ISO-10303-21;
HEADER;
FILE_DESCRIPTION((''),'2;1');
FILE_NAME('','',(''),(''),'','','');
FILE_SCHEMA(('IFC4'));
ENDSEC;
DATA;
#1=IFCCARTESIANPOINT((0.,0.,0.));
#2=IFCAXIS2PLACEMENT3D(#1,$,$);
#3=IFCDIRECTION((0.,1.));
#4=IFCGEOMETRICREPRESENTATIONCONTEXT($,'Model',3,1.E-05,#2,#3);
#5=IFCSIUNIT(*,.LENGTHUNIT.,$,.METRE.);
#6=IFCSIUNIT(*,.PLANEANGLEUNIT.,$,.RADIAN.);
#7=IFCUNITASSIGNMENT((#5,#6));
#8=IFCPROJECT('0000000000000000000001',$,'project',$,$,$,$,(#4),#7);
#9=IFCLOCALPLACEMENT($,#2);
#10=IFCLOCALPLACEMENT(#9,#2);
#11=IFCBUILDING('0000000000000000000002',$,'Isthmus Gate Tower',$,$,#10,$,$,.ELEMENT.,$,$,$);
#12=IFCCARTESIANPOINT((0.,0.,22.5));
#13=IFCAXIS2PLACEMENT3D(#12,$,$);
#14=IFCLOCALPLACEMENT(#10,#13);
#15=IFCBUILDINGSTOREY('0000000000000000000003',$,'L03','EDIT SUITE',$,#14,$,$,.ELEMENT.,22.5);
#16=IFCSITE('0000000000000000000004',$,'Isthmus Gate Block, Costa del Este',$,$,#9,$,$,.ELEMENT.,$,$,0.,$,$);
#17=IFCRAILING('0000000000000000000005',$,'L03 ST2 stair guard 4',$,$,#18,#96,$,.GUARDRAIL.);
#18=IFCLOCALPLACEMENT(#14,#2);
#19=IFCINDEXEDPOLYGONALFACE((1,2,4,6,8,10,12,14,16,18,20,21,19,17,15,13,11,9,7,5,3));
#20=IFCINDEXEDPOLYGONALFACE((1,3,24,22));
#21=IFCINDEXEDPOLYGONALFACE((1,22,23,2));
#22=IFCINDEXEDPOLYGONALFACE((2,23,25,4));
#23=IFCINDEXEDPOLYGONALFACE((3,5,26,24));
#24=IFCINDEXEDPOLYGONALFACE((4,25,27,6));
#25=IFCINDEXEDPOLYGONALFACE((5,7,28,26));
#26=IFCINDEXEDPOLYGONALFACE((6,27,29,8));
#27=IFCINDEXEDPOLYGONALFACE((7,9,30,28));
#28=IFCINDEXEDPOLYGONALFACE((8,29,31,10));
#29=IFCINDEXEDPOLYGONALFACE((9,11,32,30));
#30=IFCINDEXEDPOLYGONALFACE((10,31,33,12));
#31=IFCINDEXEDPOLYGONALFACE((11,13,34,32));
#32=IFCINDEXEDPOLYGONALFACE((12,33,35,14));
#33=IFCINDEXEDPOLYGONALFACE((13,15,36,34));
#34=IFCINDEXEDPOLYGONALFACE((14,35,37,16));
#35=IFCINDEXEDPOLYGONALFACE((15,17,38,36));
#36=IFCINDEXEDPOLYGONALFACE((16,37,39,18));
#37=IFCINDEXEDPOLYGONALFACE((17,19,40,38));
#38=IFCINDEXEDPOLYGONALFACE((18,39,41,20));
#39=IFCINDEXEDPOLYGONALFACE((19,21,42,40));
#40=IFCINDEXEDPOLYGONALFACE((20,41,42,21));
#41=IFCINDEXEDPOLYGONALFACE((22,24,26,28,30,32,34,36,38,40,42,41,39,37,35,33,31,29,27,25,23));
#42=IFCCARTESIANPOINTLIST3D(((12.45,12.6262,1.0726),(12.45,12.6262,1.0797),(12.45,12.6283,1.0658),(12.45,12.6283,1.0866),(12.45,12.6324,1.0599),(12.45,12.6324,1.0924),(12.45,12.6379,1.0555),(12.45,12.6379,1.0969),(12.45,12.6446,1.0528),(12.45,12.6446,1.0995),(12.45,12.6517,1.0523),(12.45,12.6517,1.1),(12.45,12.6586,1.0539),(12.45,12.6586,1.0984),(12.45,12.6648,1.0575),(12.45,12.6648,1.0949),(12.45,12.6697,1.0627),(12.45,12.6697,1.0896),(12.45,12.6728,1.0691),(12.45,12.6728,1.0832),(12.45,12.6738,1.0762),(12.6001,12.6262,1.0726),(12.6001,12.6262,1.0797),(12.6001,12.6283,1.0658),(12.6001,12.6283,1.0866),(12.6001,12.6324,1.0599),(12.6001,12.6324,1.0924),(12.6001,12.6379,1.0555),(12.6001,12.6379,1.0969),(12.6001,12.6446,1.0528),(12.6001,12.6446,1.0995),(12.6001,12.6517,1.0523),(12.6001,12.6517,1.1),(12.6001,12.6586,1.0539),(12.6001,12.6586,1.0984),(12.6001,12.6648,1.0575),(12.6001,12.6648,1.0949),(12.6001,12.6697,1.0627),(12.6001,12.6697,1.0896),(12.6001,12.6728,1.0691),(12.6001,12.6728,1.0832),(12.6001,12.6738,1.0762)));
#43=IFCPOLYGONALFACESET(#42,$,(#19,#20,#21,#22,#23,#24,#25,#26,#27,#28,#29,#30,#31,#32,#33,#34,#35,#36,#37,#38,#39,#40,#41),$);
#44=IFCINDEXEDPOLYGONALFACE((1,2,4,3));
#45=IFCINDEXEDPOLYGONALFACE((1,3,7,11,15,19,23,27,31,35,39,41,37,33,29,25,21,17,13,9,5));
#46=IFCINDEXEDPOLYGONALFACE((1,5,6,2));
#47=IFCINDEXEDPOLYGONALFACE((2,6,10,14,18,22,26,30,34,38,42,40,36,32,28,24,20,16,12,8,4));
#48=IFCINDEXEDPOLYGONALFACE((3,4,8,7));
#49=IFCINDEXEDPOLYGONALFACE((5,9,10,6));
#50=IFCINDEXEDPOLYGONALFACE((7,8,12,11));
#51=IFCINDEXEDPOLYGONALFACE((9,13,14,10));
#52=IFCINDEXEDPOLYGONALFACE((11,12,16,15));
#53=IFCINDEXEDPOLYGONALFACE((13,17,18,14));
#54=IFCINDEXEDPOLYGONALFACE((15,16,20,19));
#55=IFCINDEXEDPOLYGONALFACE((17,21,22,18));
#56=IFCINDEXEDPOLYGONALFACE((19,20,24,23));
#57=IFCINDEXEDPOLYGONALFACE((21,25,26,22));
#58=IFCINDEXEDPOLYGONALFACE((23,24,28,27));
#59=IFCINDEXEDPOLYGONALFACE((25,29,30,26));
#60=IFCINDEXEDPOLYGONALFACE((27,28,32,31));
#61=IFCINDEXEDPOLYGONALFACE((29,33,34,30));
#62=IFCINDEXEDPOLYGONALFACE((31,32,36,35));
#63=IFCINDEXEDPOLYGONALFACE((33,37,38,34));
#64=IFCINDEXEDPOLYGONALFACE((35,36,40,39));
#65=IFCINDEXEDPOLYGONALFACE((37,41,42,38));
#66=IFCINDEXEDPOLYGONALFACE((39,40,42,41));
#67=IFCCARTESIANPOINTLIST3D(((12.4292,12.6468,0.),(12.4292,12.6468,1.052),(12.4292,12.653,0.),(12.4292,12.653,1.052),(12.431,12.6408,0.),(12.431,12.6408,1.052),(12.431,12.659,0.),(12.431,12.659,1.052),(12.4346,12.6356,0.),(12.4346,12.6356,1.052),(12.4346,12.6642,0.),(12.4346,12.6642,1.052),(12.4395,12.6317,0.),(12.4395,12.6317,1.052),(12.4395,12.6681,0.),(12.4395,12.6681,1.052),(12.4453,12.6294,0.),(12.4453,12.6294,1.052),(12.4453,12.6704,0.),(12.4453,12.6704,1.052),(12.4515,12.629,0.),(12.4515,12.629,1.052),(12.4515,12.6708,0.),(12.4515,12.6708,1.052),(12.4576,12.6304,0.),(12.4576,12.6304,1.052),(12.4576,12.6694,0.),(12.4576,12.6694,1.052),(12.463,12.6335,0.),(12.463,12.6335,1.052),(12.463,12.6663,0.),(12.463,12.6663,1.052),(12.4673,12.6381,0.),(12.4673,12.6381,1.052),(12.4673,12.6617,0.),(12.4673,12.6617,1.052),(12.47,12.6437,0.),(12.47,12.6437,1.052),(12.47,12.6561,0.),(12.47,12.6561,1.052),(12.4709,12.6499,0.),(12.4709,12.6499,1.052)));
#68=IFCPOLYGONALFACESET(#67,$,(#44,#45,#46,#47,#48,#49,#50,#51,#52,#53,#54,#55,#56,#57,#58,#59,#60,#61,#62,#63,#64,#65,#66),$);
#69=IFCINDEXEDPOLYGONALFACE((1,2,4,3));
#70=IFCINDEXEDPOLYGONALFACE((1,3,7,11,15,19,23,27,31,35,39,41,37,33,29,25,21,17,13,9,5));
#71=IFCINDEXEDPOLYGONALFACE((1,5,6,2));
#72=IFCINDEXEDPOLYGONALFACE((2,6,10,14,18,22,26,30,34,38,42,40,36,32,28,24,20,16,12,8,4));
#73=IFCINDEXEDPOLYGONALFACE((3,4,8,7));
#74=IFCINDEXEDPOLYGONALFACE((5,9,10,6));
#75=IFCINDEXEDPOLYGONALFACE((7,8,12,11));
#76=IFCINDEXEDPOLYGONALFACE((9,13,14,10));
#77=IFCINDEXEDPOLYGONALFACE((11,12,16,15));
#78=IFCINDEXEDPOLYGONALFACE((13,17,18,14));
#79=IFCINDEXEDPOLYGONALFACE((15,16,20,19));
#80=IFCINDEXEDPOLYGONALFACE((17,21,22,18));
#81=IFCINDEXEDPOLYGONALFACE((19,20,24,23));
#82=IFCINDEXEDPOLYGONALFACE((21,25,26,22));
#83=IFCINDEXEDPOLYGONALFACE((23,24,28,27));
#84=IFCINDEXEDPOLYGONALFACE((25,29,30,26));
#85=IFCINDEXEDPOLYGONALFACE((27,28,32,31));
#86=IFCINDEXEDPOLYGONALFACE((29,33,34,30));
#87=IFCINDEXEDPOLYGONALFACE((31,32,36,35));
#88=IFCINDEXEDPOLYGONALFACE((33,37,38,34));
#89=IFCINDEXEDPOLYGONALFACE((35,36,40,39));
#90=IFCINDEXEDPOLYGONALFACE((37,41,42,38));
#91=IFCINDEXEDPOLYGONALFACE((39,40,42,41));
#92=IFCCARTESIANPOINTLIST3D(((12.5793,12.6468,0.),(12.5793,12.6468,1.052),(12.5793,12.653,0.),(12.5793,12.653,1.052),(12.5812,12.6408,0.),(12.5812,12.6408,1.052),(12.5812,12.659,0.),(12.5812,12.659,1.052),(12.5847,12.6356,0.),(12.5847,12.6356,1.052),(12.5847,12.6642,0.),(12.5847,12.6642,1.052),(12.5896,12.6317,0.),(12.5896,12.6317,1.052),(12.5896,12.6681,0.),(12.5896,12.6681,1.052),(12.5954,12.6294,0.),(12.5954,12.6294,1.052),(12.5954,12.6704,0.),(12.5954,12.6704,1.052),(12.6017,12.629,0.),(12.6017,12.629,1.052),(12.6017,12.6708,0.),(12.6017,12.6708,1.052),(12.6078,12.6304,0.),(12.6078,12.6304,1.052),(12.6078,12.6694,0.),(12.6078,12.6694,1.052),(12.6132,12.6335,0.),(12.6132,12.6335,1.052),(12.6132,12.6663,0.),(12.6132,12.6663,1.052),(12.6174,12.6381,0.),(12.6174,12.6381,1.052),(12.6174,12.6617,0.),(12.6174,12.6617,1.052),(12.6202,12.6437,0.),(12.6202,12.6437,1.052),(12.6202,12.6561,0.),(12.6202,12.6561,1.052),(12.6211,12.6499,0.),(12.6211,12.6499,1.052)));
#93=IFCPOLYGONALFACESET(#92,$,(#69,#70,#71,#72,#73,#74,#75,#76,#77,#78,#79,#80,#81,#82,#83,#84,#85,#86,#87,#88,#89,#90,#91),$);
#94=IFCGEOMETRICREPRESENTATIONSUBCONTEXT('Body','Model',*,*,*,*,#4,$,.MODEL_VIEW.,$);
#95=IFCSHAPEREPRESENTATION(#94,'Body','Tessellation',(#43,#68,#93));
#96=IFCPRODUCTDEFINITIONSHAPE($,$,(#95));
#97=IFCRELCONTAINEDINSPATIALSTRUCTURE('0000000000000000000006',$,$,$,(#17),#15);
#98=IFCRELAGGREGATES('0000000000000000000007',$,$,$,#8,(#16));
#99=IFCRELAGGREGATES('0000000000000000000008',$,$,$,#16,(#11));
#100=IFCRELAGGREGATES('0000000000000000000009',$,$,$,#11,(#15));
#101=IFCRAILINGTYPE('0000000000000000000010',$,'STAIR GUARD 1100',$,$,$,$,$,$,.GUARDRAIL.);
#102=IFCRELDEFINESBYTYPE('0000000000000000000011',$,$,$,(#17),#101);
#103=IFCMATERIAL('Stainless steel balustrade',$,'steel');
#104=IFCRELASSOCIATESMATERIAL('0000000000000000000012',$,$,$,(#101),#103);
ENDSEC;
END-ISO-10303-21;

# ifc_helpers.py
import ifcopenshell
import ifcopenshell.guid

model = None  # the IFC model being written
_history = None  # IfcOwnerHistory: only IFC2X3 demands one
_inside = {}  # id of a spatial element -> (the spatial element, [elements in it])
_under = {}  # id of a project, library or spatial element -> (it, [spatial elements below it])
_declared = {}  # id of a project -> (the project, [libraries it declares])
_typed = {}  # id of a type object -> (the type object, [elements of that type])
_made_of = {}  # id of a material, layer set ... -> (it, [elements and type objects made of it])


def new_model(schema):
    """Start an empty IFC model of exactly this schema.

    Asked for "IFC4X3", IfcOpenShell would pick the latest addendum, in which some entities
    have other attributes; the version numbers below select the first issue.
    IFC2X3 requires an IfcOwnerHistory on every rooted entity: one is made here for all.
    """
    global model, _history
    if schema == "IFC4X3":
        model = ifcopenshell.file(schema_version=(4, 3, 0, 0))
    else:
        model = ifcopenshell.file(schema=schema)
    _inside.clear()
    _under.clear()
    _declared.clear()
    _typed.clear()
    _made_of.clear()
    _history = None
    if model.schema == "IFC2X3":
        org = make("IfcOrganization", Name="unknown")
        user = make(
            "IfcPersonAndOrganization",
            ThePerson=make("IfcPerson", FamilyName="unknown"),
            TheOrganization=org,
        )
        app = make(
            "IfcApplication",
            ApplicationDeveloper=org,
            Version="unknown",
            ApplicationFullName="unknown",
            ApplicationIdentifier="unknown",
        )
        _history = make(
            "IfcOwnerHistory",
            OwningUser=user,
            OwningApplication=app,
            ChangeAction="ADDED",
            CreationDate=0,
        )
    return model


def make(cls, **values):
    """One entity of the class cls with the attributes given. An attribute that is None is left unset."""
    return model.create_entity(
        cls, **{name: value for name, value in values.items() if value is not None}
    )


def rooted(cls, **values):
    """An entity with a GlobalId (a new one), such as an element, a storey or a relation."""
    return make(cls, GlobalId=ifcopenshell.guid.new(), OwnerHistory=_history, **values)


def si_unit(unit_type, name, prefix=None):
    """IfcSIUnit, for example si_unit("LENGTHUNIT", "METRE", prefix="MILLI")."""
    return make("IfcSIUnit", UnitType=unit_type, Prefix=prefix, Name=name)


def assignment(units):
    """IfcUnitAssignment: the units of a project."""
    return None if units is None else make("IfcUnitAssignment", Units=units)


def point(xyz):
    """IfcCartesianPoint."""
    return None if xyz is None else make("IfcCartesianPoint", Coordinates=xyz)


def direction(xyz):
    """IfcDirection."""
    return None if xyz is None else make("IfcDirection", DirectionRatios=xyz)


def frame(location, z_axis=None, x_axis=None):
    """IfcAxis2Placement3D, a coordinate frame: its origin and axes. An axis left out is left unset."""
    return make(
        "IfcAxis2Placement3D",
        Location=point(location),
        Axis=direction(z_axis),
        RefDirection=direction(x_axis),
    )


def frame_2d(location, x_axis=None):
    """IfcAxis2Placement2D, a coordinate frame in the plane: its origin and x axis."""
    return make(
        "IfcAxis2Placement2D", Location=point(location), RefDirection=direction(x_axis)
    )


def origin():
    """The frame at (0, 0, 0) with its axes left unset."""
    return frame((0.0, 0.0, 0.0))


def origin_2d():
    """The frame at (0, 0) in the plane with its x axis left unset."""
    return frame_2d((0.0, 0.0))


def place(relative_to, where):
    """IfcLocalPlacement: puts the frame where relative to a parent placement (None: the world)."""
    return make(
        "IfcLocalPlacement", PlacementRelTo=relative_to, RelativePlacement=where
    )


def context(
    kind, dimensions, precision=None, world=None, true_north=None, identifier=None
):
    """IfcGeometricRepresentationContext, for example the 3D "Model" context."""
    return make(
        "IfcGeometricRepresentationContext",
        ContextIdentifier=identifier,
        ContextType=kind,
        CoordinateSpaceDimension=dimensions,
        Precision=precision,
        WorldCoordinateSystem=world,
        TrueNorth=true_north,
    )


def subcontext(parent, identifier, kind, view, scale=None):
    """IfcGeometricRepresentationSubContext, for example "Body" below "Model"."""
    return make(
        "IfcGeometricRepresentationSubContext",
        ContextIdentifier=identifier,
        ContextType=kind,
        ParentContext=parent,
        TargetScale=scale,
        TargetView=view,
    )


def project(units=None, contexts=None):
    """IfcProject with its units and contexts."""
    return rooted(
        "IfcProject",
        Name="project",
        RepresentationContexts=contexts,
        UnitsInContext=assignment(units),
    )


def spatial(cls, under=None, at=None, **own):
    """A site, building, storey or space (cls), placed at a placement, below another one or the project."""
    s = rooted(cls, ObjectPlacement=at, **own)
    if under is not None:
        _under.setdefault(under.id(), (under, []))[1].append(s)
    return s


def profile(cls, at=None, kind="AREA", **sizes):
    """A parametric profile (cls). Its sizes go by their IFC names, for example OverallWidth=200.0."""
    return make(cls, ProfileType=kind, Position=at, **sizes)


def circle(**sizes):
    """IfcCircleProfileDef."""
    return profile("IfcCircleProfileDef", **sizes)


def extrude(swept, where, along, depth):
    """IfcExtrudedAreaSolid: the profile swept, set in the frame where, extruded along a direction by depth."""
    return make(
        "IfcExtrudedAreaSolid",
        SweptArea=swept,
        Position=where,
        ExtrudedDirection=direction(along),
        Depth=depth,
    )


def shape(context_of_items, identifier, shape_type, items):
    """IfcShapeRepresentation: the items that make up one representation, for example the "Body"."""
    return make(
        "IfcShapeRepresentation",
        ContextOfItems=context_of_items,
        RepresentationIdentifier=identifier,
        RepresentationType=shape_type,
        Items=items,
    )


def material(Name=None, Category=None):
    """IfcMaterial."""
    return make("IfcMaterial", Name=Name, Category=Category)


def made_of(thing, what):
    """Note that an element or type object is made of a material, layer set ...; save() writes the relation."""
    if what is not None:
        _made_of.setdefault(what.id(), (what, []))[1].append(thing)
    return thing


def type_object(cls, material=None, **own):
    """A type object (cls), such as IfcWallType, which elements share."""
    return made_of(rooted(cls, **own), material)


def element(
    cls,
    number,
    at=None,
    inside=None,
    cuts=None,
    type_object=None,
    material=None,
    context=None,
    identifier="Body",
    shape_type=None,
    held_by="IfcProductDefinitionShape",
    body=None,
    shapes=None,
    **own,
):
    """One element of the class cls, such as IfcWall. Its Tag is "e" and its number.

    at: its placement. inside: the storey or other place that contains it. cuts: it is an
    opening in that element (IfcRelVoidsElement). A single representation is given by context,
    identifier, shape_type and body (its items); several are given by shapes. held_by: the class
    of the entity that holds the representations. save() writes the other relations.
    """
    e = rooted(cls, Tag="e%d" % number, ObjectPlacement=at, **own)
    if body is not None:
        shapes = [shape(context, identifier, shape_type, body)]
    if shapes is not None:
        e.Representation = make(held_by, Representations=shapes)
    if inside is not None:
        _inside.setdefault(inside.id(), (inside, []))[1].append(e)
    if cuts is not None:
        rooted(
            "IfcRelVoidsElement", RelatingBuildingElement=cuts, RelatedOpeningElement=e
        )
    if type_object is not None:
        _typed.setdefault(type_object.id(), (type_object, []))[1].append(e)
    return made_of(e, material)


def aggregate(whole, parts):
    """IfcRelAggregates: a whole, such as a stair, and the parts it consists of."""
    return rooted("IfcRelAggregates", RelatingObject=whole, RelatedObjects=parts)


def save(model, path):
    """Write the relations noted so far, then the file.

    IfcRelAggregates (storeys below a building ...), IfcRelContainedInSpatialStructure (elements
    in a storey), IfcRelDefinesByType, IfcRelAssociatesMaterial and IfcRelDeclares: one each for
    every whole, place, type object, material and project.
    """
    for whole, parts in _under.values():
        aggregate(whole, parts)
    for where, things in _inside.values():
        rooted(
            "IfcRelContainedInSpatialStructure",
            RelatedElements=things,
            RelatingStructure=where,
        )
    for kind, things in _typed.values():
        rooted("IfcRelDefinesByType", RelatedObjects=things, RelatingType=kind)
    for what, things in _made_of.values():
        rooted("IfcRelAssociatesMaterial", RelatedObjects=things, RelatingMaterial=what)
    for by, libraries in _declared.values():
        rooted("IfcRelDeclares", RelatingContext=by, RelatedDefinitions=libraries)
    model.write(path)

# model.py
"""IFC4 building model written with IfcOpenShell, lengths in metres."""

from ifc_helpers import new_model, si_unit, direction, frame, origin, origin_2d, place, context, subcontext, project, spatial, circle, extrude, material, type_object, element, save


model = new_model("IFC4")

# Units and contexts
model_context = context("Model", 3, precision=1e-05, world=origin(), true_north=direction((0.0, 1.0)))
body_context = subcontext(model_context, "Body", "Model", "MODEL_VIEW")
ifc_project = project(units=[si_unit("LENGTHUNIT", "METRE"), si_unit("PLANEANGLEUNIT", "RADIAN")], contexts=[model_context])

# Site, building, storey
site_placement = place(None, origin())
site = spatial("IfcSite", under=ifc_project, at=site_placement, Name="Isthmus Gate Block, Costa del Este", CompositionType="ELEMENT", RefElevation=0.0)
building_placement = place(site_placement, origin())
building = spatial("IfcBuilding", under=site, at=building_placement, Name="Isthmus Gate Tower", CompositionType="ELEMENT")
storey_placement = place(building_placement, frame((0.0, 0.0, 22.5)))
storey = spatial("IfcBuildingStorey", under=building, at=storey_placement, Name="L03", Description="EDIT SUITE", CompositionType="ELEMENT", Elevation=22.5)

# Railing
ifc_material_1 = material(Name="Stainless steel balustrade", Category="steel")
railing_type_1 = type_object("IfcRailingType", Name="STAIR GUARD 1100", PredefinedType="GUARDRAIL", material=ifc_material_1)
railing_1_placement = place(storey_placement, frame((12.45, 12.6499, 0.0)))
element("IfcRailing", 1, at=railing_1_placement, inside=storey, type_object=railing_type_1, Name="L03 ST2 stair guard 4", PredefinedType="GUARDRAIL", context=body_context, shape_type="SweptSolid", body=[
    extrude(circle(Radius=0.0239, at=origin_2d()), frame((0.0, 0.0, 1.0762), z_axis=(1.0, 0.0, 0.0), x_axis=(0.0, 1.0, 0.0)), (0.0, 0.0, 1.0), 0.1501),
    extrude(circle(Radius=0.021, at=origin_2d()), origin(), (0.0, 0.0, 1.0), 1.052),
    extrude(circle(Radius=0.021, at=origin_2d()), frame((0.1501, 0.0, 0.0)), (0.0, 0.0, 1.0), 1.052),
])

save(model, "model.ifc")
